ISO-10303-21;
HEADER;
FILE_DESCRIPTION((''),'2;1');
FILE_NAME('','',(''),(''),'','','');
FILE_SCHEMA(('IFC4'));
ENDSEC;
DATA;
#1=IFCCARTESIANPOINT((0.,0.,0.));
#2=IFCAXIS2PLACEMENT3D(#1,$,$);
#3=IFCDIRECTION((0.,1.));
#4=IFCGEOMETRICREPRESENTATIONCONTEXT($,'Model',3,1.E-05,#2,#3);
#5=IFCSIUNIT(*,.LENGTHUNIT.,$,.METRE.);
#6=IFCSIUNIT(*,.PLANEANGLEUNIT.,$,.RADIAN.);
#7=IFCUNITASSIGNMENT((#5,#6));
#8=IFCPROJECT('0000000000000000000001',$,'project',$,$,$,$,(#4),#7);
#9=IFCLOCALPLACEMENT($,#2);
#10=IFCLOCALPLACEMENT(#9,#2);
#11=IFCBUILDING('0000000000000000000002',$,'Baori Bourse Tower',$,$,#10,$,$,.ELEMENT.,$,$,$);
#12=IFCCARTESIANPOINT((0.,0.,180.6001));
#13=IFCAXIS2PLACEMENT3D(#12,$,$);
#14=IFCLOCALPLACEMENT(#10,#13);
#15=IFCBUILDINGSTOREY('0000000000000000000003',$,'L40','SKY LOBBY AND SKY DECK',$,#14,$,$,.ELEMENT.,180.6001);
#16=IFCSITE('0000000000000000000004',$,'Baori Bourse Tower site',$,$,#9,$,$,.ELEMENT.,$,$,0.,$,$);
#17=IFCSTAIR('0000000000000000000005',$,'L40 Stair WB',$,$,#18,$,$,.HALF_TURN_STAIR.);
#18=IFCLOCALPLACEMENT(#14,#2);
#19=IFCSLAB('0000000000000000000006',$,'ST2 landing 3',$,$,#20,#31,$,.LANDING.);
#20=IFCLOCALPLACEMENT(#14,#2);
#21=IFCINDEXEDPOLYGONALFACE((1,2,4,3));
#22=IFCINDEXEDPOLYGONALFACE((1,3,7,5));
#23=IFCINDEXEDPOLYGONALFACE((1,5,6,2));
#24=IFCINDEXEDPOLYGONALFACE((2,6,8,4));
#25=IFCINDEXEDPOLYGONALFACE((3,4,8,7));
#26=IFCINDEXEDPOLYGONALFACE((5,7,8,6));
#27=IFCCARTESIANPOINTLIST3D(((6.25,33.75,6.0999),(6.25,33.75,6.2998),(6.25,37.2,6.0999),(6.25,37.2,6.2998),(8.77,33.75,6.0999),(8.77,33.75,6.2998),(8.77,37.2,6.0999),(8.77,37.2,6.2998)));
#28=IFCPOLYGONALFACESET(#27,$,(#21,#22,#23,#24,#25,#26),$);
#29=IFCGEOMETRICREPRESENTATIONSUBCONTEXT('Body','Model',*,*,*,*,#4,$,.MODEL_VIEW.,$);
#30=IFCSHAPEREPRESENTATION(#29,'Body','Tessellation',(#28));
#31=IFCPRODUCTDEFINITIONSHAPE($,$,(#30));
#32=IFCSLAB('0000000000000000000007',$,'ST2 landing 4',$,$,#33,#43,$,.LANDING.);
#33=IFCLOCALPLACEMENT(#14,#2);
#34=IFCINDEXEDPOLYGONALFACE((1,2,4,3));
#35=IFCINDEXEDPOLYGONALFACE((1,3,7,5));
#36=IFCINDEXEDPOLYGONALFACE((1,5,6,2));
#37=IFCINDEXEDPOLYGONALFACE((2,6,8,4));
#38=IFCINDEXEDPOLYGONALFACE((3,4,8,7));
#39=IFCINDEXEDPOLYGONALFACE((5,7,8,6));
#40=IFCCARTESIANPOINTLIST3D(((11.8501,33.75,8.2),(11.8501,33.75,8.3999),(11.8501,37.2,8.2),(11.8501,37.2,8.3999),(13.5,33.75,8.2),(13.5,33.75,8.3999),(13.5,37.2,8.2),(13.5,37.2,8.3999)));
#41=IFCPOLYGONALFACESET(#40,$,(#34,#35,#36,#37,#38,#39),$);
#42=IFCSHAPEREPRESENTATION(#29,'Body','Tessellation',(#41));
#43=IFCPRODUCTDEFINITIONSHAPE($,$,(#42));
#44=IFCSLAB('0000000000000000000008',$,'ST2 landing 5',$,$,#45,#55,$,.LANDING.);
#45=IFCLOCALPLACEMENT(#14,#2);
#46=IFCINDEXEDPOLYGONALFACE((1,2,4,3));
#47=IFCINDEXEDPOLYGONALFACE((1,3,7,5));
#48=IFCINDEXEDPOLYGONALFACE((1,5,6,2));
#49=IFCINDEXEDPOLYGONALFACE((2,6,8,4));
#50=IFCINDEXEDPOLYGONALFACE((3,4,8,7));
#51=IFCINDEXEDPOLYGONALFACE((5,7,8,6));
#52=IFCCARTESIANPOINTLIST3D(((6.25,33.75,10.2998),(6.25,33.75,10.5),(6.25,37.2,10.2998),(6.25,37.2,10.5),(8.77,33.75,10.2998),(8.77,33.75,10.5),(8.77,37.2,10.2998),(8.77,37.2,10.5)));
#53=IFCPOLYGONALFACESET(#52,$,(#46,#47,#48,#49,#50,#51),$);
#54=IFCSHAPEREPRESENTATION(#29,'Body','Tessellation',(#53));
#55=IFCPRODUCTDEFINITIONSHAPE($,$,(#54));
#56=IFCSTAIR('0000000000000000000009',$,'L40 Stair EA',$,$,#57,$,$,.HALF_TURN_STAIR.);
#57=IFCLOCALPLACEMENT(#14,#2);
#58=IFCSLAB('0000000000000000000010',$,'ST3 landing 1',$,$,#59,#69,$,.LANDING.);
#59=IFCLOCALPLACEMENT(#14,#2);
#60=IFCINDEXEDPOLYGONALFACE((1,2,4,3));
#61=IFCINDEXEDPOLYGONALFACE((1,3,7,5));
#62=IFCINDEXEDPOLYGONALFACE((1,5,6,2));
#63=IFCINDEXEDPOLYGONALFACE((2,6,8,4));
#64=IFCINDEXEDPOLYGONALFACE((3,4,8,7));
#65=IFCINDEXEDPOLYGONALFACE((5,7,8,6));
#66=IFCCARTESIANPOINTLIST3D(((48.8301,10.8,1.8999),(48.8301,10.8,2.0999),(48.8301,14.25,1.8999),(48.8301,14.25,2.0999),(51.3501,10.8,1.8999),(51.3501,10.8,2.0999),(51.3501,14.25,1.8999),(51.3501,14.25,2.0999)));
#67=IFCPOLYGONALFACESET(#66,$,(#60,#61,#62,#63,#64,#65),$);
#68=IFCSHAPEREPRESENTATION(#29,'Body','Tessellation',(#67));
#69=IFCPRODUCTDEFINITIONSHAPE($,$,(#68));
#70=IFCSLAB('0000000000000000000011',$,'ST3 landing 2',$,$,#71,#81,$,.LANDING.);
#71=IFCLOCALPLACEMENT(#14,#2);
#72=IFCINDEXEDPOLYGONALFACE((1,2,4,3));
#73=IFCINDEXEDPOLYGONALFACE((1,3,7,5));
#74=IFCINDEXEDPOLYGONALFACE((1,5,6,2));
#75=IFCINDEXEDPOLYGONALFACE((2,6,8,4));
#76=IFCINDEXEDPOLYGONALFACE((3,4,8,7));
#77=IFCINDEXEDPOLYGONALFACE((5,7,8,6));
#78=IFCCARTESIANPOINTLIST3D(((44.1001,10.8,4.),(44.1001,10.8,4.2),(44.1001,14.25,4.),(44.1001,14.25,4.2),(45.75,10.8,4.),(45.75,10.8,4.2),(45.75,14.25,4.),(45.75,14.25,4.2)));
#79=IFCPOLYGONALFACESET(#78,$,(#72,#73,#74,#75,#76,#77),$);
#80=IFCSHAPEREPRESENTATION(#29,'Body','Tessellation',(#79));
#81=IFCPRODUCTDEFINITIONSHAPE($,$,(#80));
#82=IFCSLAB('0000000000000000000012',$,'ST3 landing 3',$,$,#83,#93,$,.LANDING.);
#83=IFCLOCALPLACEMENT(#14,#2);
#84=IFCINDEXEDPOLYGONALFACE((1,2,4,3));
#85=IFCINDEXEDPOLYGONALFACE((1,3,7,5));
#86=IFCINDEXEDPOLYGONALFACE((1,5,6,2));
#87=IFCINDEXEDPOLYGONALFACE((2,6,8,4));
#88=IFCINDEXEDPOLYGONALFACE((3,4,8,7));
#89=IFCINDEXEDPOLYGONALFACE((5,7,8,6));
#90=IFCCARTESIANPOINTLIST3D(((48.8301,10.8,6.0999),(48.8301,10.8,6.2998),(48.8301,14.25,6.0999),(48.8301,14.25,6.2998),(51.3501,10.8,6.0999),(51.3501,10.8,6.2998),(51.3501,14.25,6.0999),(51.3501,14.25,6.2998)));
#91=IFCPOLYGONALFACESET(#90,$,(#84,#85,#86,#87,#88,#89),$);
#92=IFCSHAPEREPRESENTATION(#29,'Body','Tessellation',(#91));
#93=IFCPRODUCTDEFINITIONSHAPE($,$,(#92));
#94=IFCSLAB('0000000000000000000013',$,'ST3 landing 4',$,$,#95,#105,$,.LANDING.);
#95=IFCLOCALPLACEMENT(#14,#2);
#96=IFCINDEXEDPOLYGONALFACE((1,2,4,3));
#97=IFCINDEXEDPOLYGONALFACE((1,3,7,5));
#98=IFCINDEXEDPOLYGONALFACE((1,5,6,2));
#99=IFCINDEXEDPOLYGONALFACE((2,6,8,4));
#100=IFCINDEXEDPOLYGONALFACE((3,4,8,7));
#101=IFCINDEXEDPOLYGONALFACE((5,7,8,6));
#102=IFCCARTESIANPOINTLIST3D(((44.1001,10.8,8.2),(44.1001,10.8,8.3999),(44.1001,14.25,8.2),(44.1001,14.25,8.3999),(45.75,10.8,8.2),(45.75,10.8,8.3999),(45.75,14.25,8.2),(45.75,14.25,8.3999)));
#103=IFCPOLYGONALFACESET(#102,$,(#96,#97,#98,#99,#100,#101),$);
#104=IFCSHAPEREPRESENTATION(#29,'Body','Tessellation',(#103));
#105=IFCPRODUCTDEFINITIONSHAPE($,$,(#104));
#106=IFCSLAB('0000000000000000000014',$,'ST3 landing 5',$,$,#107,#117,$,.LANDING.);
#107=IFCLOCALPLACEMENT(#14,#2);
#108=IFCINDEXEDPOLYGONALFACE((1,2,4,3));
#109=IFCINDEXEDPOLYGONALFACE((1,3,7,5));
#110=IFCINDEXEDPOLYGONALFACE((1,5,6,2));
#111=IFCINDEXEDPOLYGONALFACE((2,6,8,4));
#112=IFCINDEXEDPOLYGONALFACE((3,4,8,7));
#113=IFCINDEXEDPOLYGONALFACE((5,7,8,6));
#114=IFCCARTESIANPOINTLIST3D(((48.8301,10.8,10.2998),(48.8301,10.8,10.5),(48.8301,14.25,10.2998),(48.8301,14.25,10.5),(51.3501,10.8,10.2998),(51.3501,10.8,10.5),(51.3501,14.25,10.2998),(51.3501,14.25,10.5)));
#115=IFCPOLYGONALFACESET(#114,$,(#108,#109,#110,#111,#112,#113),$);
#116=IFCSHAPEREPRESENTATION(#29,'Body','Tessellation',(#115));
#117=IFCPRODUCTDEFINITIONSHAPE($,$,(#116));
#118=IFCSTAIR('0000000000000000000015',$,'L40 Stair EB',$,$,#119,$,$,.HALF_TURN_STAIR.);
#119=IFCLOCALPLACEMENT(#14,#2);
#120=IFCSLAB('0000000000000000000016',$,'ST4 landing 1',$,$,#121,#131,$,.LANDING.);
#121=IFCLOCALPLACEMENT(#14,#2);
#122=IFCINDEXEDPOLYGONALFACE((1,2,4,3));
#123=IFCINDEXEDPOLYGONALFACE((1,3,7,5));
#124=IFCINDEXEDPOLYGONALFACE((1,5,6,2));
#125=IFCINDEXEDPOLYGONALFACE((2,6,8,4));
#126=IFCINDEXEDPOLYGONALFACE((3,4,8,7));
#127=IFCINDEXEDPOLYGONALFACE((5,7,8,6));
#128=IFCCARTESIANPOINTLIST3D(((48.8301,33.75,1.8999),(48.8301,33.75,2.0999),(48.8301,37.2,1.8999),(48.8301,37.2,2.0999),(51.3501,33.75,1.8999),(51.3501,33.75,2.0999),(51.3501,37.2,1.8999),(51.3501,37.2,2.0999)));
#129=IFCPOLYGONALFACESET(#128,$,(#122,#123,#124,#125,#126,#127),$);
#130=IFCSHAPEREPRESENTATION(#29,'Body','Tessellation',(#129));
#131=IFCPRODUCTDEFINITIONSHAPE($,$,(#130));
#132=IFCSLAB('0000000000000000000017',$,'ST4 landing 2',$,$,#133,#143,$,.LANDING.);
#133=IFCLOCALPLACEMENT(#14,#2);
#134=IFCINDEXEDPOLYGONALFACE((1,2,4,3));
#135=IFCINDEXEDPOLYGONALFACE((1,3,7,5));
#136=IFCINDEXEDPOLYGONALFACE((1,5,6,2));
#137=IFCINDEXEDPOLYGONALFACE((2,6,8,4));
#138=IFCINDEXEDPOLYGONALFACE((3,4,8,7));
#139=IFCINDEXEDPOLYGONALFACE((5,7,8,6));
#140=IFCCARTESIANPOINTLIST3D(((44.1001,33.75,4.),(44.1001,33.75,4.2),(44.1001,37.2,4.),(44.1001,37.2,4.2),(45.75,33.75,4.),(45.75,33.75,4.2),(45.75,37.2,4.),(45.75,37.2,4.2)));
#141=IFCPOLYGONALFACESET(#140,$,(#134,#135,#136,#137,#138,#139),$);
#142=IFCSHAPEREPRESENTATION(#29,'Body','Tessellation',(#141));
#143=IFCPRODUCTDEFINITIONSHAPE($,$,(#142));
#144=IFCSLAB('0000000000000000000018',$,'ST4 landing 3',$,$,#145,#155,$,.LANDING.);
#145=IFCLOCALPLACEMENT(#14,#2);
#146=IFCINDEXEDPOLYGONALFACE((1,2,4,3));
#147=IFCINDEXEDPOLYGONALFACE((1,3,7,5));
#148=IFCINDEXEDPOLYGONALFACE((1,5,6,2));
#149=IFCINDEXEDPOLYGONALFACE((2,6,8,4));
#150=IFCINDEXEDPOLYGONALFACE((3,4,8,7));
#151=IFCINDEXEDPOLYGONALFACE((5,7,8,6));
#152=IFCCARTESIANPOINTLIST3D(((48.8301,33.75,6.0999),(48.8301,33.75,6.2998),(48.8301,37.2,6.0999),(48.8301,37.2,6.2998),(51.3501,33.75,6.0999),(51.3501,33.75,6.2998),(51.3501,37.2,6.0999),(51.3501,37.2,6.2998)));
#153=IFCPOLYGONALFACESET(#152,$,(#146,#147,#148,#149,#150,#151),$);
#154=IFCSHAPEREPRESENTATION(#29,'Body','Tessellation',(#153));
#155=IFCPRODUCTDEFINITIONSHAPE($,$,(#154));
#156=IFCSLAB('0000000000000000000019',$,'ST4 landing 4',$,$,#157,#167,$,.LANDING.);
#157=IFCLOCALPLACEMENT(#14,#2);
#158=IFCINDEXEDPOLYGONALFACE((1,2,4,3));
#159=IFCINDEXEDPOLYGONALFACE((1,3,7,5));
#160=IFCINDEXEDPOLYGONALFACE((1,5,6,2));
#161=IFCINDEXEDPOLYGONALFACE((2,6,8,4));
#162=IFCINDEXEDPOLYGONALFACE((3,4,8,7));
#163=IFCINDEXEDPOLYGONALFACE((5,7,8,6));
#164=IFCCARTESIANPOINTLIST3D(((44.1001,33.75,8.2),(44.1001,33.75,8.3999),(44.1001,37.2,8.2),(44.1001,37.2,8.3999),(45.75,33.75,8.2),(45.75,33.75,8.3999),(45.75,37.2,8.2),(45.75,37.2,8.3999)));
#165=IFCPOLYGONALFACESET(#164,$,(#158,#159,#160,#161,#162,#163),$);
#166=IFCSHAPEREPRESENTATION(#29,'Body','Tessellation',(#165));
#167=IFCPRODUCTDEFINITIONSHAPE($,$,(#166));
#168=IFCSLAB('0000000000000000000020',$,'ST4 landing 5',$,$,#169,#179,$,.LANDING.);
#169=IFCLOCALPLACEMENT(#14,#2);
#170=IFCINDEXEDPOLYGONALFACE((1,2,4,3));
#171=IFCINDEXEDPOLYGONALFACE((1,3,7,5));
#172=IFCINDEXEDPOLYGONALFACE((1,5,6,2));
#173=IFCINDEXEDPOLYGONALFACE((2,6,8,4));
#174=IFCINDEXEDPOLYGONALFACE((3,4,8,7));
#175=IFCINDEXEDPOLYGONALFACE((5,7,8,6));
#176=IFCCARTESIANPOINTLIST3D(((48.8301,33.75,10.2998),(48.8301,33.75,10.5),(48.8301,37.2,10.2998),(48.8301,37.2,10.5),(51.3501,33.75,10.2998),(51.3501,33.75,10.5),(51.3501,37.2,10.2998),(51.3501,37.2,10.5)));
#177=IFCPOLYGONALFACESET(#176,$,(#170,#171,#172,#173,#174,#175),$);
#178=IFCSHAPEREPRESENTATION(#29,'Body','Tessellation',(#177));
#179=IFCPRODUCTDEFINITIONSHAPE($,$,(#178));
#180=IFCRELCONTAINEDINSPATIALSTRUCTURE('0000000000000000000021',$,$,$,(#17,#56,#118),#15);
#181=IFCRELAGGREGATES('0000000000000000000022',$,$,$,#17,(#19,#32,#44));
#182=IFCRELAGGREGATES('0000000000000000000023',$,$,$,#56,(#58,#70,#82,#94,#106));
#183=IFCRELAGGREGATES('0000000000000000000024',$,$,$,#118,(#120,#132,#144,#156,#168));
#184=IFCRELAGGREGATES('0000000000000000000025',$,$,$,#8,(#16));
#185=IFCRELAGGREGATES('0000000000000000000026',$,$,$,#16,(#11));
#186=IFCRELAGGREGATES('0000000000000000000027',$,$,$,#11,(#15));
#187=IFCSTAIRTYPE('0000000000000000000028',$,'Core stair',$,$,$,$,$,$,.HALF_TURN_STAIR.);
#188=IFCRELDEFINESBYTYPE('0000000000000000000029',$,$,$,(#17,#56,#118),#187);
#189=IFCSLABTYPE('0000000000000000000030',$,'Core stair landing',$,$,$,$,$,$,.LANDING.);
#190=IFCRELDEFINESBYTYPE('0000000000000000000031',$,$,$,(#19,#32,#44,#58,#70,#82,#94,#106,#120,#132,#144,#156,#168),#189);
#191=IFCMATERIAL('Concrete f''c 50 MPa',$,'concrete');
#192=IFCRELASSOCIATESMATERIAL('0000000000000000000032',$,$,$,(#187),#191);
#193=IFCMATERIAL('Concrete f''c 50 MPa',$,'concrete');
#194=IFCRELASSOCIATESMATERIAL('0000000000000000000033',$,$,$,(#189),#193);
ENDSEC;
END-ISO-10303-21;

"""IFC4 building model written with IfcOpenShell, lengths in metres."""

from ifc_helpers import new_model, si_unit, direction, frame, origin, place, context, subcontext, project, spatial, polyline, outline, extrude, material, type_object, element, aggregate, save


model = new_model("IFC4")

# Units and contexts
model_context = context("Model", 3, precision=1e-05, world=origin(), true_north=direction((0.0, 1.0)))
body_context = subcontext(model_context, "Body", "Model", "MODEL_VIEW")
ifc_project = project(units=[si_unit("LENGTHUNIT", "METRE"), si_unit("PLANEANGLEUNIT", "RADIAN")], contexts=[model_context])

# Site, building, storey
site_placement = place(None, origin())
site = spatial("IfcSite", under=ifc_project, at=site_placement, Name="Baori Bourse Tower site", CompositionType="ELEMENT", RefElevation=0.0)
building_placement = place(site_placement, origin())
building = spatial("IfcBuilding", under=site, at=building_placement, Name="Baori Bourse Tower", CompositionType="ELEMENT")
storey_placement = place(building_placement, frame((0.0, 0.0, 180.6001)))
storey = spatial("IfcBuildingStorey", under=building, at=storey_placement, Name="L40", Description="SKY LOBBY AND SKY DECK", CompositionType="ELEMENT", Elevation=180.6001)

# Stairs, slabs
ifc_material_1 = material(Name="Concrete f'c 50 MPa", Category="concrete")
stair_type = type_object("IfcStairType", Name="Core stair", PredefinedType="HALF_TURN_STAIR", material=ifc_material_1)
ifc_material_2 = material(Name="Concrete f'c 50 MPa", Category="concrete")
slab_type_1 = type_object("IfcSlabType", Name="Core stair landing", PredefinedType="LANDING", material=ifc_material_2)
stair_1_placement = place(storey_placement, origin())
stair_1 = element("IfcStair", 1, at=stair_1_placement, inside=storey, type_object=stair_type, Name="L40 Stair WB", PredefinedType="HALF_TURN_STAIR")
slab_1_placement = place(storey_placement, frame((0.0, 0.0, 6.0999)))
slab_1 = element("IfcSlab", 2, at=slab_1_placement, type_object=slab_type_1, Name="ST2 landing 3", PredefinedType="LANDING", context=body_context, shape_type="SweptSolid", body=[
    extrude(outline(polyline([(8.77, 37.2), (6.25, 37.2), (6.25, 33.75), (8.77, 33.75), (8.77, 37.2)])), origin(), (0.0, 0.0, 1.0), 0.2),
])
slab_2_placement = place(storey_placement, frame((0.0, 0.0, 8.2)))
slab_2 = element("IfcSlab", 3, at=slab_2_placement, type_object=slab_type_1, Name="ST2 landing 4", PredefinedType="LANDING", context=body_context, shape_type="SweptSolid", body=[
    extrude(outline(polyline([(13.5, 37.2), (11.8501, 37.2), (11.8501, 33.75), (13.5, 33.75), (13.5, 37.2)])), origin(), (0.0, 0.0, 1.0), 0.2),
])
slab_3_placement = place(storey_placement, frame((0.0, 0.0, 10.2998)))
slab_3 = element("IfcSlab", 4, at=slab_3_placement, type_object=slab_type_1, Name="ST2 landing 5", PredefinedType="LANDING", context=body_context, shape_type="SweptSolid", body=[
    extrude(outline(polyline([(8.77, 37.2), (6.25, 37.2), (6.25, 33.75), (8.77, 33.75), (8.77, 37.2)])), origin(), (0.0, 0.0, 1.0), 0.2002),
])
aggregate(stair_1, [slab_1, slab_2, slab_3])
stair_2_placement = place(storey_placement, origin())
stair_2 = element("IfcStair", 5, at=stair_2_placement, inside=storey, type_object=stair_type, Name="L40 Stair EA", PredefinedType="HALF_TURN_STAIR")
slab_4_placement = place(storey_placement, frame((0.0, 0.0, 1.8999)))
slab_4 = element("IfcSlab", 6, at=slab_4_placement, type_object=slab_type_1, Name="ST3 landing 1", PredefinedType="LANDING", context=body_context, shape_type="SweptSolid", body=[
    extrude(outline(polyline([(48.8301, 10.8), (51.3501, 10.8), (51.3501, 14.25), (48.8301, 14.25), (48.8301, 10.8)])), origin(), (0.0, 0.0, 1.0), 0.2),
])
slab_5_placement = place(storey_placement, frame((0.0, 0.0, 4.0)))
slab_5 = element("IfcSlab", 7, at=slab_5_placement, type_object=slab_type_1, Name="ST3 landing 2", PredefinedType="LANDING", context=body_context, shape_type="SweptSolid", body=[
    extrude(outline(polyline([(44.1001, 10.8), (45.75, 10.8), (45.75, 14.25), (44.1001, 14.25), (44.1001, 10.8)])), origin(), (0.0, 0.0, 1.0), 0.2),
])
slab_6_placement = place(storey_placement, frame((0.0, 0.0, 6.0999)))
slab_6 = element("IfcSlab", 8, at=slab_6_placement, type_object=slab_type_1, Name="ST3 landing 3", PredefinedType="LANDING", context=body_context, shape_type="SweptSolid", body=[
    extrude(outline(polyline([(48.8301, 10.8), (51.3501, 10.8), (51.3501, 14.25), (48.8301, 14.25), (48.8301, 10.8)])), origin(), (0.0, 0.0, 1.0), 0.2),
])
slab_7_placement = place(storey_placement, frame((0.0, 0.0, 8.2)))
slab_7 = element("IfcSlab", 9, at=slab_7_placement, type_object=slab_type_1, Name="ST3 landing 4", PredefinedType="LANDING", context=body_context, shape_type="SweptSolid", body=[
    extrude(outline(polyline([(44.1001, 10.8), (45.75, 10.8), (45.75, 14.25), (44.1001, 14.25), (44.1001, 10.8)])), origin(), (0.0, 0.0, 1.0), 0.2),
])
slab_8_placement = place(storey_placement, frame((0.0, 0.0, 10.2998)))
slab_8 = element("IfcSlab", 10, at=slab_8_placement, type_object=slab_type_1, Name="ST3 landing 5", PredefinedType="LANDING", context=body_context, shape_type="SweptSolid", body=[
    extrude(outline(polyline([(48.8301, 10.8), (51.3501, 10.8), (51.3501, 14.25), (48.8301, 14.25), (48.8301, 10.8)])), origin(), (0.0, 0.0, 1.0), 0.2002),
])
aggregate(stair_2, [slab_4, slab_5, slab_6, slab_7, slab_8])
stair_3_placement = place(storey_placement, origin())
stair_3 = element("IfcStair", 11, at=stair_3_placement, inside=storey, type_object=stair_type, Name="L40 Stair EB", PredefinedType="HALF_TURN_STAIR")
slab_9_placement = place(storey_placement, frame((0.0, 0.0, 1.8999)))
slab_9 = element("IfcSlab", 12, at=slab_9_placement, type_object=slab_type_1, Name="ST4 landing 1", PredefinedType="LANDING", context=body_context, shape_type="SweptSolid", body=[
    extrude(outline(polyline([(48.8301, 33.75), (51.3501, 33.75), (51.3501, 37.2), (48.8301, 37.2), (48.8301, 33.75)])), origin(), (0.0, 0.0, 1.0), 0.2),
])
slab_10_placement = place(storey_placement, frame((0.0, 0.0, 4.0)))
slab_10 = element("IfcSlab", 13, at=slab_10_placement, type_object=slab_type_1, Name="ST4 landing 2", PredefinedType="LANDING", context=body_context, shape_type="SweptSolid", body=[
    extrude(outline(polyline([(44.1001, 33.75), (45.75, 33.75), (45.75, 37.2), (44.1001, 37.2), (44.1001, 33.75)])), origin(), (0.0, 0.0, 1.0), 0.2),
])
slab_11_placement = place(storey_placement, frame((0.0, 0.0, 6.0999)))
slab_11 = element("IfcSlab", 14, at=slab_11_placement, type_object=slab_type_1, Name="ST4 landing 3", PredefinedType="LANDING", context=body_context, shape_type="SweptSolid", body=[
    extrude(outline(polyline([(48.8301, 33.75), (51.3501, 33.75), (51.3501, 37.2), (48.8301, 37.2), (48.8301, 33.75)])), origin(), (0.0, 0.0, 1.0), 0.2),
])
slab_12_placement = place(storey_placement, frame((0.0, 0.0, 8.2)))
slab_12 = element("IfcSlab", 15, at=slab_12_placement, type_object=slab_type_1, Name="ST4 landing 4", PredefinedType="LANDING", context=body_context, shape_type="SweptSolid", body=[
    extrude(outline(polyline([(44.1001, 33.75), (45.75, 33.75), (45.75, 37.2), (44.1001, 37.2), (44.1001, 33.75)])), origin(), (0.0, 0.0, 1.0), 0.2),
])
slab_13_placement = place(storey_placement, frame((0.0, 0.0, 10.2998)))
slab_13 = element("IfcSlab", 16, at=slab_13_placement, type_object=slab_type_1, Name="ST4 landing 5", PredefinedType="LANDING", context=body_context, shape_type="SweptSolid", body=[
    extrude(outline(polyline([(48.8301, 33.75), (51.3501, 33.75), (51.3501, 37.2), (48.8301, 37.2), (48.8301, 33.75)])), origin(), (0.0, 0.0, 1.0), 0.2002),
])
aggregate(stair_3, [slab_9, slab_10, slab_11, slab_12, slab_13])

save(model, "model.ifc")
